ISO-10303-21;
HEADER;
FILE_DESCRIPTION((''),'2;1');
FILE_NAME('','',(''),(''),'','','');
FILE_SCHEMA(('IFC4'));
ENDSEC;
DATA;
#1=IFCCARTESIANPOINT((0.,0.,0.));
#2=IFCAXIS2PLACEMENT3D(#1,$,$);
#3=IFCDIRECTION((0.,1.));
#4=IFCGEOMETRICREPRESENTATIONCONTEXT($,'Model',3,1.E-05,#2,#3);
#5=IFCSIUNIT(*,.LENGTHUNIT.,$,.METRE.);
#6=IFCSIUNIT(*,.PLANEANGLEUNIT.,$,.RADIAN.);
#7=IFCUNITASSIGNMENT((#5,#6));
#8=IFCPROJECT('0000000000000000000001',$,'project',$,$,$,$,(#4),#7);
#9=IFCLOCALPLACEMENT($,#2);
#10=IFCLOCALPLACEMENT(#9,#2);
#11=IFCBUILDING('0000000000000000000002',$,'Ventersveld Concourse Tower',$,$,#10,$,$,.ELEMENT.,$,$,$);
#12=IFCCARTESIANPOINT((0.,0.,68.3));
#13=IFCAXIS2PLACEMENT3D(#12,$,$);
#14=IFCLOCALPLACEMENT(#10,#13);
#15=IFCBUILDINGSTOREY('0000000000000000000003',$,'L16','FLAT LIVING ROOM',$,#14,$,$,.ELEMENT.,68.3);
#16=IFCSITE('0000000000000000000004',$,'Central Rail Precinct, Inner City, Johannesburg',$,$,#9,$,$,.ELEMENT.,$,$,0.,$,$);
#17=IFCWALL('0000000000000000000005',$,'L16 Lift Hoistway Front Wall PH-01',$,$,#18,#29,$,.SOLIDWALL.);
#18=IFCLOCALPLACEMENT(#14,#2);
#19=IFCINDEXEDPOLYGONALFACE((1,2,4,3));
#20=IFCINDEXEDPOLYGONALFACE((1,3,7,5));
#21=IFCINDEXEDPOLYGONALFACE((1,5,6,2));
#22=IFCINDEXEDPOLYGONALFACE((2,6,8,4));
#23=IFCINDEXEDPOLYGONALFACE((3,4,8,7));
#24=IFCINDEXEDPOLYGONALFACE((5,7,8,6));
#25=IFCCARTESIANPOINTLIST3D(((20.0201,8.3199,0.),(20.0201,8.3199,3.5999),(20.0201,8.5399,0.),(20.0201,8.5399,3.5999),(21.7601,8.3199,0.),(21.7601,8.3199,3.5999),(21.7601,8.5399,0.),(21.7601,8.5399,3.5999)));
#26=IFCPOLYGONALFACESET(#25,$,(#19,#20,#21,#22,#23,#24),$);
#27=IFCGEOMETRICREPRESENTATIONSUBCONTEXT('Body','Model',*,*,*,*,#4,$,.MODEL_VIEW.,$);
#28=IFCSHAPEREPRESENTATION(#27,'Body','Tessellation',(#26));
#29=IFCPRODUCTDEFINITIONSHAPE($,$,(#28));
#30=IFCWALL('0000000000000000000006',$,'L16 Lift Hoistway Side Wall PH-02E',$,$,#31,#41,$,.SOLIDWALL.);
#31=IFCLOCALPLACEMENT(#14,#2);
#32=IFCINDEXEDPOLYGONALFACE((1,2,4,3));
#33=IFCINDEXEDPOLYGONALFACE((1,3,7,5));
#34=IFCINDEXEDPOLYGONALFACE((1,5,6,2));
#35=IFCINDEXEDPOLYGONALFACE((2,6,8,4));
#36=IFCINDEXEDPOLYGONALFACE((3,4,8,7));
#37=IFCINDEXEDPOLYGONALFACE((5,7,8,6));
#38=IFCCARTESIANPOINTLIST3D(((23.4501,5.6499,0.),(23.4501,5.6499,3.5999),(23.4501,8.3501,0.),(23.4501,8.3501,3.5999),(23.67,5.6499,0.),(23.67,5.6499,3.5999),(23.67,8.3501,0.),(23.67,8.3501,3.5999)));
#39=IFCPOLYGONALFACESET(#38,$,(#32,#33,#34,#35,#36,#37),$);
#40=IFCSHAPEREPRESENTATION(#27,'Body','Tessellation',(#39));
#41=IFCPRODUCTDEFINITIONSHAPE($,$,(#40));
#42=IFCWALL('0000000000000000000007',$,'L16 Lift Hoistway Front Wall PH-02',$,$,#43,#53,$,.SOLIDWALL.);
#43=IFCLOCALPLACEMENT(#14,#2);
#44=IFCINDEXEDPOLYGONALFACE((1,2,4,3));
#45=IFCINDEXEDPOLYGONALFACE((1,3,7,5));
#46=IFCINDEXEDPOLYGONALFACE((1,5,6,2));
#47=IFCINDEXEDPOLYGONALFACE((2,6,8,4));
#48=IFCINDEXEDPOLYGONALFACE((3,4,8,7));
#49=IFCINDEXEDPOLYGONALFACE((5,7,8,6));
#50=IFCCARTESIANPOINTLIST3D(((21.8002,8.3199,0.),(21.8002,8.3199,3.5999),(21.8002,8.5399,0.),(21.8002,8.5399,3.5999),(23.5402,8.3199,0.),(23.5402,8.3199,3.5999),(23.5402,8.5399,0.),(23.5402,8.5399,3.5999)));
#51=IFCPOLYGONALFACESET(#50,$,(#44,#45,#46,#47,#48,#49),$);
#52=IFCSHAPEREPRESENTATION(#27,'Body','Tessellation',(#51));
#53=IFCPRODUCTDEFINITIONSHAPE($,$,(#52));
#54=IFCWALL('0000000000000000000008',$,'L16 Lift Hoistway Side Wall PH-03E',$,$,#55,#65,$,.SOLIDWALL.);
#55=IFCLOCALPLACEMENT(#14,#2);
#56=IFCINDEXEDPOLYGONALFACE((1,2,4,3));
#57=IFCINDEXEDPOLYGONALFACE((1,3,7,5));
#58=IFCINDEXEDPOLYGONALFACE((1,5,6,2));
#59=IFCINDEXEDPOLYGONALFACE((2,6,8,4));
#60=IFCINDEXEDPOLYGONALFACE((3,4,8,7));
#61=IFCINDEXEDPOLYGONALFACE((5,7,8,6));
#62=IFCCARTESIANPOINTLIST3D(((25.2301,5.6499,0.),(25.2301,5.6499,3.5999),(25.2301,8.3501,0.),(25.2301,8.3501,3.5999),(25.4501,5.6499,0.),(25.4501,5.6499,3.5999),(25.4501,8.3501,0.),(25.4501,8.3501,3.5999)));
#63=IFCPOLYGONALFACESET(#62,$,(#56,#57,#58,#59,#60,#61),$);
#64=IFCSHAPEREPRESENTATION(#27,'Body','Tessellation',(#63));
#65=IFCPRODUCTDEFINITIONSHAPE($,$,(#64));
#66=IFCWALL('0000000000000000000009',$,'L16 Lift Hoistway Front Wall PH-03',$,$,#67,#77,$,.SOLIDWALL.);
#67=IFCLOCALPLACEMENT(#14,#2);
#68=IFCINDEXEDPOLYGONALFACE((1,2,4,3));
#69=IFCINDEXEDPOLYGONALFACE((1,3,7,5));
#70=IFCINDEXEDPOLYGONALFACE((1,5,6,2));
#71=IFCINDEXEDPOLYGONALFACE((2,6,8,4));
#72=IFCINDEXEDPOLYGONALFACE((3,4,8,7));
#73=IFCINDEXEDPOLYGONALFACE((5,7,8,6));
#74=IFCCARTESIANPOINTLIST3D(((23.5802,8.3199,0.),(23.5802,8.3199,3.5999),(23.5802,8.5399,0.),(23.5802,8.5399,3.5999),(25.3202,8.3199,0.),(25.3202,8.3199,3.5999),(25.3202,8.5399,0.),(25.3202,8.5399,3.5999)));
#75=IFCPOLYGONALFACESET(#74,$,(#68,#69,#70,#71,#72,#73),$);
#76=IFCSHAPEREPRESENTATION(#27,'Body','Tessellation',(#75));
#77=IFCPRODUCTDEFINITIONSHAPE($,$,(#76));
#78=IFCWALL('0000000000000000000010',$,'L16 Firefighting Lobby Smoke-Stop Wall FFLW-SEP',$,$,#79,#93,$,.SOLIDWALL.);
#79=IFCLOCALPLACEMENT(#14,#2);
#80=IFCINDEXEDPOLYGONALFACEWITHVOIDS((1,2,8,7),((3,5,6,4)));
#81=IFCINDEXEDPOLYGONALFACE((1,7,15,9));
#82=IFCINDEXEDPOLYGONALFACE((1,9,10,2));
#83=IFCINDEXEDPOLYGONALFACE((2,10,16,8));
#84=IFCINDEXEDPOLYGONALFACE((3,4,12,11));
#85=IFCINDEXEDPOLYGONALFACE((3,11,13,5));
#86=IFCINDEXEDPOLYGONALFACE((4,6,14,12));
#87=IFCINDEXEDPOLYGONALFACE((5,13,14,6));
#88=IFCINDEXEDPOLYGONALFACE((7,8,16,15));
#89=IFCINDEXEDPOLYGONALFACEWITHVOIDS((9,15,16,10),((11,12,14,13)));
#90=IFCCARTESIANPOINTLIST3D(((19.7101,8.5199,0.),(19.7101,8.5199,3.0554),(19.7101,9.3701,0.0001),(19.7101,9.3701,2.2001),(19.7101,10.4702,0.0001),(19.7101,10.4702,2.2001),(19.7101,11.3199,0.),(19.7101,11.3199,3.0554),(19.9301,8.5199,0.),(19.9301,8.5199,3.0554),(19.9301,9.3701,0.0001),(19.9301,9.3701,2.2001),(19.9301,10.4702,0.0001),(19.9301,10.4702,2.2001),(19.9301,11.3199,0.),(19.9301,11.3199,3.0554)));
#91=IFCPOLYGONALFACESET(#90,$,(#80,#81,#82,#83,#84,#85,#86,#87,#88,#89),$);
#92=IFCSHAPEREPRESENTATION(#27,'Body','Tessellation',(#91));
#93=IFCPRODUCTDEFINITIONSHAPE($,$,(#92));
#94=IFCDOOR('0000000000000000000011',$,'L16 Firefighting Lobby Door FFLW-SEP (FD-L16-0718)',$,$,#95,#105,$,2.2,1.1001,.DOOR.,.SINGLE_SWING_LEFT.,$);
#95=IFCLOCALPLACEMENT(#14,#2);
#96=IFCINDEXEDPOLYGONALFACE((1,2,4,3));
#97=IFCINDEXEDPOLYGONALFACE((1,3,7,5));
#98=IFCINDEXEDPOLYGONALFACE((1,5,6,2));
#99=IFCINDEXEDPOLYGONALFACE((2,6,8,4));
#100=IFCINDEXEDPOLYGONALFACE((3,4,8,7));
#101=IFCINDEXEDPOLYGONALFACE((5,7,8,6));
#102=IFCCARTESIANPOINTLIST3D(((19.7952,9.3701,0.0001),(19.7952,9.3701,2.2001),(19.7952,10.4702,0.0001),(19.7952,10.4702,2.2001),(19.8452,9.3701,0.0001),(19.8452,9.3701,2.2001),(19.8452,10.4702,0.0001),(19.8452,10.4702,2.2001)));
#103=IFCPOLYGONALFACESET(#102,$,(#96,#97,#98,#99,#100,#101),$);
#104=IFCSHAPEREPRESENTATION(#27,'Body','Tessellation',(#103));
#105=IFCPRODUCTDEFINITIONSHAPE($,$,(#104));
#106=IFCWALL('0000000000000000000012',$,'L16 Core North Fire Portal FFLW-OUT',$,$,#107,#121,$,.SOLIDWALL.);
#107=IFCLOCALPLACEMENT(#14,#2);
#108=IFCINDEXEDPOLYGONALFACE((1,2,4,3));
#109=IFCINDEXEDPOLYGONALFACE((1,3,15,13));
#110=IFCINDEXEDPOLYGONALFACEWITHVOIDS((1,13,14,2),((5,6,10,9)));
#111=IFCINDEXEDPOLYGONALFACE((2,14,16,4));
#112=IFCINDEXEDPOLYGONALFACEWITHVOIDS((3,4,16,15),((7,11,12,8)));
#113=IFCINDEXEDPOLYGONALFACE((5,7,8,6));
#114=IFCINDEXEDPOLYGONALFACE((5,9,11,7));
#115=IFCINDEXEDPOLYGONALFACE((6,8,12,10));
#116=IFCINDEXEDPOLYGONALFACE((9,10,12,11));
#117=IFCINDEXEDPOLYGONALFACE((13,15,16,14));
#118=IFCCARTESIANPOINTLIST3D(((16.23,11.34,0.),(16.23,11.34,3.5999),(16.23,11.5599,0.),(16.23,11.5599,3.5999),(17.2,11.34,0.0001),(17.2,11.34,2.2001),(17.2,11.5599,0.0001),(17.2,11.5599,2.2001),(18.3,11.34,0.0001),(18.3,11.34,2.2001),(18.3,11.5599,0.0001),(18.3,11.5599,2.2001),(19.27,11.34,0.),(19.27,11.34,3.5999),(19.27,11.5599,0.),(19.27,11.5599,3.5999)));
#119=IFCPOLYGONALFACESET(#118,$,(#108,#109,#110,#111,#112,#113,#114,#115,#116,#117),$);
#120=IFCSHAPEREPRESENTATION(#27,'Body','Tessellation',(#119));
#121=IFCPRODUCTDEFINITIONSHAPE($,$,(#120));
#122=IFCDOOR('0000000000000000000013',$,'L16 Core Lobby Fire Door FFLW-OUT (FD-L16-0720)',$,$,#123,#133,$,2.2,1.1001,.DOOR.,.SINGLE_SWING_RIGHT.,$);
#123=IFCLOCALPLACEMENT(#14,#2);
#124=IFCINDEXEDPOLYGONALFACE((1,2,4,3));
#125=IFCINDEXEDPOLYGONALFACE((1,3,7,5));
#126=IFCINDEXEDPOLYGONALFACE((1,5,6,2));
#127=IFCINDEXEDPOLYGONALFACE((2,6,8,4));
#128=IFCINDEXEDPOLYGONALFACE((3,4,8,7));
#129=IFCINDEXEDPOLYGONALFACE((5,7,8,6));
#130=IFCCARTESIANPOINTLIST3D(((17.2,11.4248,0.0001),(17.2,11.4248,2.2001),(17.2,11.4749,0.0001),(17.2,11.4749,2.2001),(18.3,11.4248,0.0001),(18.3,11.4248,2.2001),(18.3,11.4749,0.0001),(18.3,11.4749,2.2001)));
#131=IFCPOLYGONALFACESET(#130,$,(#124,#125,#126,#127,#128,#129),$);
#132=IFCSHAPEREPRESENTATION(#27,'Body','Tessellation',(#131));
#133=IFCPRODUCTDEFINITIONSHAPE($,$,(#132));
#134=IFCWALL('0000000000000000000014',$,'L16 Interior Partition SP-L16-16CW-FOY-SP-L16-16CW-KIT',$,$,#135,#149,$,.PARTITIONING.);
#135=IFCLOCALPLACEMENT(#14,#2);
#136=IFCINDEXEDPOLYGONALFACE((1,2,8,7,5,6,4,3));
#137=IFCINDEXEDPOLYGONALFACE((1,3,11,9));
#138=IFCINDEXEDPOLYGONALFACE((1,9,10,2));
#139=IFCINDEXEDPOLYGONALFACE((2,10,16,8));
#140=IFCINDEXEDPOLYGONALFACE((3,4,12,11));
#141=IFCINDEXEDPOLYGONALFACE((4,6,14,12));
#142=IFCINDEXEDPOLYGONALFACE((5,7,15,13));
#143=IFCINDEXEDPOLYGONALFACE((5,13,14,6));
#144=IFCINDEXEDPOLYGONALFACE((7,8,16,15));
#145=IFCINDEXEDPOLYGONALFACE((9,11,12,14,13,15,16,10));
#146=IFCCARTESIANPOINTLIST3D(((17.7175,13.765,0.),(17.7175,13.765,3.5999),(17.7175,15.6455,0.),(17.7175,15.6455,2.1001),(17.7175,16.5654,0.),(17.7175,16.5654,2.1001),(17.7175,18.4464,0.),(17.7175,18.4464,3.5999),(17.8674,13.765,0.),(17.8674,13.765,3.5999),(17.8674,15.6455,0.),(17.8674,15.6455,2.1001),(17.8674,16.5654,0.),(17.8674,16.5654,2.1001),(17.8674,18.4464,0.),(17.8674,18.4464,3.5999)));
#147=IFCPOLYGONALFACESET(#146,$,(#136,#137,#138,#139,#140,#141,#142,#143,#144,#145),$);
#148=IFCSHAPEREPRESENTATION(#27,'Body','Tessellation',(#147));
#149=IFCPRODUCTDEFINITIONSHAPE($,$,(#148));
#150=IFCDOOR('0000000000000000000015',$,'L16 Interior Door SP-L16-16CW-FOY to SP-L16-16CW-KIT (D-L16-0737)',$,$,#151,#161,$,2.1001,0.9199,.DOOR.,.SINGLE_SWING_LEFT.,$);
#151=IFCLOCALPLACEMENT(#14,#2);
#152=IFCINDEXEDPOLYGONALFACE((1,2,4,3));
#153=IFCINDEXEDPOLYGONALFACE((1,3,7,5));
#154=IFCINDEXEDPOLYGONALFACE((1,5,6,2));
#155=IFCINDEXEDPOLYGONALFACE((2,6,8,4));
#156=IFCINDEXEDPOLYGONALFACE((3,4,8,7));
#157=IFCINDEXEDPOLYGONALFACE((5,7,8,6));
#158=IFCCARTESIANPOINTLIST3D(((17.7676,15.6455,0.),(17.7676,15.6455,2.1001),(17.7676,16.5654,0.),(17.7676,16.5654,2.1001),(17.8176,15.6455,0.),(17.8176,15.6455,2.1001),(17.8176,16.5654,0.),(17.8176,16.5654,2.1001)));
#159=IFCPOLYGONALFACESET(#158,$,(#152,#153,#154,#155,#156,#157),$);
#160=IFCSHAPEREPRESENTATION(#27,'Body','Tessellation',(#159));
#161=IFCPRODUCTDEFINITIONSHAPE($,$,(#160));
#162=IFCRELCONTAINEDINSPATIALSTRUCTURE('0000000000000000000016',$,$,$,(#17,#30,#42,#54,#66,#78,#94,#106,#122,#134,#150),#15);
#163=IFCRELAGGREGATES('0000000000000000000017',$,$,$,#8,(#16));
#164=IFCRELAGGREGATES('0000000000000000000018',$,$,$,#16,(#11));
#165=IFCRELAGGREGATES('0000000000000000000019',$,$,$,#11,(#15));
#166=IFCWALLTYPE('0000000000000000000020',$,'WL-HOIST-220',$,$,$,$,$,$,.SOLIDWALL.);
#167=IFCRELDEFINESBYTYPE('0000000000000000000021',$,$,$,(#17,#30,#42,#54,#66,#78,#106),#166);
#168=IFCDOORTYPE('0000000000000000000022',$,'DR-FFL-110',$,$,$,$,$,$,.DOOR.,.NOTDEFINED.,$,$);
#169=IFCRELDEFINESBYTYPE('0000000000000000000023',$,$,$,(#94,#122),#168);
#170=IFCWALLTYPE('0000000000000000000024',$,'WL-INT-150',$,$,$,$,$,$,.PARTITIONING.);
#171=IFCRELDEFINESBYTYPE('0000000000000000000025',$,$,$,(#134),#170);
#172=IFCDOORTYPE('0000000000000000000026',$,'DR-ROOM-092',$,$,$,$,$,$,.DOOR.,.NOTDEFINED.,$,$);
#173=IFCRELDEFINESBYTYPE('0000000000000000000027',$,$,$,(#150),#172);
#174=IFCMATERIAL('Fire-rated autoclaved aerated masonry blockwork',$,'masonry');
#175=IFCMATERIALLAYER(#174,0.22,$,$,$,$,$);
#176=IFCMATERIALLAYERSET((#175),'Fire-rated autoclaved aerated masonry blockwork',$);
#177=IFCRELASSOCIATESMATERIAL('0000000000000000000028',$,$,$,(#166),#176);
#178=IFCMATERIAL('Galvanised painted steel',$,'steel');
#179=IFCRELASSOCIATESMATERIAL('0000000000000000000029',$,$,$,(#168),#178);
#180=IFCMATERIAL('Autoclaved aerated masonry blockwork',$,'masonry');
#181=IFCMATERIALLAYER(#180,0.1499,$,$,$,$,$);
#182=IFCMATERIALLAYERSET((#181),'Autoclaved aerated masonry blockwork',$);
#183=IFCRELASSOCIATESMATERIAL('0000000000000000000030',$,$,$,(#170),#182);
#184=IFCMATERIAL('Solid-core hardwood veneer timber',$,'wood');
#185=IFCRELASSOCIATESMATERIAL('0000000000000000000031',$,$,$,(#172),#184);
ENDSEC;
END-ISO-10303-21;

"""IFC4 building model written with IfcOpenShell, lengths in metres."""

from ifc_helpers import new_model, si_unit, direction, frame, frame_2d, origin, place, context, subcontext, project, spatial, rectangle, extrude, material, layer, layer_set, type_object, element, fill, save


model = new_model("IFC4")

# Units and contexts
model_context = context("Model", 3, precision=1e-05, world=origin(), true_north=direction((0.0, 1.0)))
body_context = subcontext(model_context, "Body", "Model", "MODEL_VIEW")
ifc_project = project(units=[si_unit("LENGTHUNIT", "METRE"), si_unit("PLANEANGLEUNIT", "RADIAN")], contexts=[model_context])

# Site, building, storey
site_placement = place(None, origin())
site = spatial("IfcSite", under=ifc_project, at=site_placement, Name="Central Rail Precinct, Inner City, Johannesburg", CompositionType="ELEMENT", RefElevation=0.0)
building_placement = place(site_placement, origin())
building = spatial("IfcBuilding", under=site, at=building_placement, Name="Ventersveld Concourse Tower", CompositionType="ELEMENT")
storey_placement = place(building_placement, frame((0.0, 0.0, 68.3)))
storey = spatial("IfcBuildingStorey", under=building, at=storey_placement, Name="L16", Description="FLAT LIVING ROOM", CompositionType="ELEMENT", Elevation=68.3)

# Shared definitions
ifc_material_1 = material(Name="Fire-rated autoclaved aerated masonry blockwork", Category="masonry")

# Shared definitions
ifc_material_2 = material(Name="Solid-core hardwood veneer timber", Category="wood")

# Shared definitions
ifc_layer_1 = layer(ifc_material_1, 0.22)
ifc_layer_set_1 = layer_set([ifc_layer_1], Name="Fire-rated autoclaved aerated masonry blockwork")
wall_type_1 = type_object("IfcWallType", Name="WL-HOIST-220", PredefinedType="SOLIDWALL", material=ifc_layer_set_1)

# Walls
wall_1_placement = place(storey_placement, frame((20.02, 8.4299, 0.0), z_axis=(0.0, 0.0, 1.0), x_axis=(1.0, 0.0, 0.0)))
element("IfcWall", 1, at=wall_1_placement, inside=storey, type_object=wall_type_1, Name="L16 Lift Hoistway Front Wall PH-01", PredefinedType="SOLIDWALL", context=body_context, shape_type="SweptSolid", body=[
    extrude(rectangle(XDim=1.74, YDim=0.22, at=frame_2d((0.8701, 0.0))), origin(), (0.0, 0.0, 1.0), 3.5999),
])
wall_2_placement = place(storey_placement, frame((23.5601, 5.6499, 0.0), z_axis=(0.0, 0.0, 1.0), x_axis=(0.0, 1.0, 0.0)))
element("IfcWall", 2, at=wall_2_placement, inside=storey, type_object=wall_type_1, Name="L16 Lift Hoistway Side Wall PH-02E", PredefinedType="SOLIDWALL", context=body_context, shape_type="SweptSolid", body=[
    extrude(rectangle(XDim=2.7002, YDim=0.22, at=frame_2d((1.3501, 0.0))), origin(), (0.0, 0.0, 1.0), 3.5999),
])
wall_3_placement = place(storey_placement, frame((21.8, 8.4299, 0.0), z_axis=(0.0, 0.0, 1.0), x_axis=(1.0, 0.0, 0.0)))
element("IfcWall", 3, at=wall_3_placement, inside=storey, type_object=wall_type_1, Name="L16 Lift Hoistway Front Wall PH-02", PredefinedType="SOLIDWALL", context=body_context, shape_type="SweptSolid", body=[
    extrude(rectangle(XDim=1.74, YDim=0.22, at=frame_2d((0.8701, 0.0))), origin(), (0.0, 0.0, 1.0), 3.5999),
])
wall_4_placement = place(storey_placement, frame((25.3401, 5.6499, 0.0), z_axis=(0.0, 0.0, 1.0), x_axis=(0.0, 1.0, 0.0)))
element("IfcWall", 4, at=wall_4_placement, inside=storey, type_object=wall_type_1, Name="L16 Lift Hoistway Side Wall PH-03E", PredefinedType="SOLIDWALL", context=body_context, shape_type="SweptSolid", body=[
    extrude(rectangle(XDim=2.7002, YDim=0.22, at=frame_2d((1.3501, 0.0))), origin(), (0.0, 0.0, 1.0), 3.5999),
])
wall_5_placement = place(storey_placement, frame((23.5801, 8.4299, 0.0), z_axis=(0.0, 0.0, 1.0), x_axis=(1.0, 0.0, 0.0)))
element("IfcWall", 5, at=wall_5_placement, inside=storey, type_object=wall_type_1, Name="L16 Lift Hoistway Front Wall PH-03", PredefinedType="SOLIDWALL", context=body_context, shape_type="SweptSolid", body=[
    extrude(rectangle(XDim=1.74, YDim=0.22, at=frame_2d((0.8701, 0.0))), origin(), (0.0, 0.0, 1.0), 3.5999),
])

# Walls, openings, doors
wall_6_placement = place(storey_placement, frame((19.8201, 8.52, 0.0), z_axis=(0.0, 0.0, 1.0), x_axis=(0.0, 1.0, 0.0)))
wall_6 = element("IfcWall", 6, at=wall_6_placement, inside=storey, type_object=wall_type_1, Name="L16 Firefighting Lobby Smoke-Stop Wall FFLW-SEP", PredefinedType="SOLIDWALL", context=body_context, shape_type="SweptSolid", body=[
    extrude(rectangle(XDim=2.8, YDim=0.22, at=frame_2d((1.3999, 0.0))), origin(), (0.0, 0.0, 1.0), 3.0554),
])
opening_1_placement = place(wall_6_placement, frame((0.8501, 0.0, 0.0)))
opening_1 = element("IfcOpeningElement", 7, at=opening_1_placement, cuts=wall_6, PredefinedType="OPENING", context=body_context, shape_type="SweptSolid", body=[
    extrude(rectangle(XDim=1.1001, YDim=2.2, at=frame_2d((0.55, 1.1001))), frame((0.0, 0.1201, 0.0), z_axis=(0.0, -1.0, 0.0), x_axis=(1.0, 0.0, 0.0)), (0.0, 0.0, 1.0), 0.24),
])
ifc_material_3 = material(Name="Galvanised painted steel", Category="steel")
door_type_1 = type_object("IfcDoorType", Name="DR-FFL-110", OperationType="NOTDEFINED", PredefinedType="DOOR", material=ifc_material_3)
door_1_placement = place(opening_1_placement, origin())
door_1 = element("IfcDoor", 8, at=door_1_placement, inside=storey, type_object=door_type_1, Name="L16 Firefighting Lobby Door FFLW-SEP (FD-L16-0718)", OperationType="SINGLE_SWING_LEFT", OverallHeight=2.2, OverallWidth=1.1001, PredefinedType="DOOR", context=body_context, shape_type="SweptSolid", body=[
    extrude(rectangle(XDim=1.1001, YDim=2.2, at=frame_2d((0.55, 1.1001))), frame((0.0, 0.0249, 0.0), z_axis=(0.0, -1.0, 0.0), x_axis=(1.0, 0.0, 0.0)), (0.0, 0.0, 1.0), 0.05),
])
fill(opening_1, door_1)
wall_7_placement = place(storey_placement, frame((16.23, 11.45, 0.0), z_axis=(0.0, 0.0, 1.0), x_axis=(1.0, 0.0, 0.0)))
wall_7 = element("IfcWall", 9, at=wall_7_placement, inside=storey, type_object=wall_type_1, Name="L16 Core North Fire Portal FFLW-OUT", PredefinedType="SOLIDWALL", context=body_context, shape_type="SweptSolid", body=[
    extrude(rectangle(XDim=3.04, YDim=0.22, at=frame_2d((1.52, 0.0))), origin(), (0.0, 0.0, 1.0), 3.5999),
])
opening_2_placement = place(wall_7_placement, frame((0.97, 0.0, 0.0)))
opening_2 = element("IfcOpeningElement", 10, at=opening_2_placement, cuts=wall_7, PredefinedType="OPENING", context=body_context, shape_type="SweptSolid", body=[
    extrude(rectangle(XDim=1.1001, YDim=2.2, at=frame_2d((0.55, 1.1001))), frame((0.0, 0.1201, 0.0), z_axis=(0.0, -1.0, 0.0), x_axis=(1.0, 0.0, 0.0)), (0.0, 0.0, 1.0), 0.24),
])
door_2_placement = place(opening_2_placement, origin())
door_2 = element("IfcDoor", 11, at=door_2_placement, inside=storey, type_object=door_type_1, Name="L16 Core Lobby Fire Door FFLW-OUT (FD-L16-0720)", OperationType="SINGLE_SWING_RIGHT", OverallHeight=2.2, OverallWidth=1.1001, PredefinedType="DOOR", context=body_context, shape_type="SweptSolid", body=[
    extrude(rectangle(XDim=1.1001, YDim=2.2, at=frame_2d((0.55, 1.1001))), frame((0.0, 0.0249, 0.0), z_axis=(0.0, -1.0, 0.0), x_axis=(1.0, 0.0, 0.0)), (0.0, 0.0, 1.0), 0.05),
])
fill(opening_2, door_2)
ifc_material_4 = material(Name="Autoclaved aerated masonry blockwork", Category="masonry")
ifc_layer_2 = layer(ifc_material_4, 0.1499)
ifc_layer_set_2 = layer_set([ifc_layer_2], Name="Autoclaved aerated masonry blockwork")
wall_type_2 = type_object("IfcWallType", Name="WL-INT-150", PredefinedType="PARTITIONING", material=ifc_layer_set_2)
wall_8_placement = place(storey_placement, frame((17.7925, 13.7649, 0.0), z_axis=(0.0, 0.0, 1.0), x_axis=(0.0, 1.0, 0.0)))
wall_8 = element("IfcWall", 12, at=wall_8_placement, inside=storey, type_object=wall_type_2, Name="L16 Interior Partition SP-L16-16CW-FOY-SP-L16-16CW-KIT", PredefinedType="PARTITIONING", context=body_context, shape_type="SweptSolid", body=[
    extrude(rectangle(XDim=4.6814, YDim=0.1499, at=frame_2d((2.3408, 0.0))), origin(), (0.0, 0.0, 1.0), 3.5999),
])
opening_3_placement = place(wall_8_placement, frame((1.8806, 0.0, 0.0)))
opening_3 = element("IfcOpeningElement", 13, at=opening_3_placement, cuts=wall_8, PredefinedType="OPENING", context=body_context, shape_type="SweptSolid", body=[
    extrude(rectangle(XDim=0.9199, YDim=2.1001, at=frame_2d((0.46, 1.05))), frame((0.0, 0.085, 0.0), z_axis=(0.0, -1.0, 0.0), x_axis=(1.0, 0.0, 0.0)), (0.0, 0.0, 1.0), 0.1699),
])
door_type_2 = type_object("IfcDoorType", Name="DR-ROOM-092", OperationType="NOTDEFINED", PredefinedType="DOOR", material=ifc_material_2)
door_3_placement = place(opening_3_placement, origin())
door_3 = element("IfcDoor", 14, at=door_3_placement, inside=storey, type_object=door_type_2, Name="L16 Interior Door SP-L16-16CW-FOY to SP-L16-16CW-KIT (D-L16-0737)", OperationType="SINGLE_SWING_LEFT", OverallHeight=2.1001, OverallWidth=0.9199, PredefinedType="DOOR", context=body_context, shape_type="SweptSolid", body=[
    extrude(rectangle(XDim=0.9199, YDim=2.1001, at=frame_2d((0.46, 1.05))), frame((0.0, 0.0249, 0.0), z_axis=(0.0, -1.0, 0.0), x_axis=(1.0, 0.0, 0.0)), (0.0, 0.0, 1.0), 0.05),
])
fill(opening_3, door_3)

save(model, "model.ifc")
